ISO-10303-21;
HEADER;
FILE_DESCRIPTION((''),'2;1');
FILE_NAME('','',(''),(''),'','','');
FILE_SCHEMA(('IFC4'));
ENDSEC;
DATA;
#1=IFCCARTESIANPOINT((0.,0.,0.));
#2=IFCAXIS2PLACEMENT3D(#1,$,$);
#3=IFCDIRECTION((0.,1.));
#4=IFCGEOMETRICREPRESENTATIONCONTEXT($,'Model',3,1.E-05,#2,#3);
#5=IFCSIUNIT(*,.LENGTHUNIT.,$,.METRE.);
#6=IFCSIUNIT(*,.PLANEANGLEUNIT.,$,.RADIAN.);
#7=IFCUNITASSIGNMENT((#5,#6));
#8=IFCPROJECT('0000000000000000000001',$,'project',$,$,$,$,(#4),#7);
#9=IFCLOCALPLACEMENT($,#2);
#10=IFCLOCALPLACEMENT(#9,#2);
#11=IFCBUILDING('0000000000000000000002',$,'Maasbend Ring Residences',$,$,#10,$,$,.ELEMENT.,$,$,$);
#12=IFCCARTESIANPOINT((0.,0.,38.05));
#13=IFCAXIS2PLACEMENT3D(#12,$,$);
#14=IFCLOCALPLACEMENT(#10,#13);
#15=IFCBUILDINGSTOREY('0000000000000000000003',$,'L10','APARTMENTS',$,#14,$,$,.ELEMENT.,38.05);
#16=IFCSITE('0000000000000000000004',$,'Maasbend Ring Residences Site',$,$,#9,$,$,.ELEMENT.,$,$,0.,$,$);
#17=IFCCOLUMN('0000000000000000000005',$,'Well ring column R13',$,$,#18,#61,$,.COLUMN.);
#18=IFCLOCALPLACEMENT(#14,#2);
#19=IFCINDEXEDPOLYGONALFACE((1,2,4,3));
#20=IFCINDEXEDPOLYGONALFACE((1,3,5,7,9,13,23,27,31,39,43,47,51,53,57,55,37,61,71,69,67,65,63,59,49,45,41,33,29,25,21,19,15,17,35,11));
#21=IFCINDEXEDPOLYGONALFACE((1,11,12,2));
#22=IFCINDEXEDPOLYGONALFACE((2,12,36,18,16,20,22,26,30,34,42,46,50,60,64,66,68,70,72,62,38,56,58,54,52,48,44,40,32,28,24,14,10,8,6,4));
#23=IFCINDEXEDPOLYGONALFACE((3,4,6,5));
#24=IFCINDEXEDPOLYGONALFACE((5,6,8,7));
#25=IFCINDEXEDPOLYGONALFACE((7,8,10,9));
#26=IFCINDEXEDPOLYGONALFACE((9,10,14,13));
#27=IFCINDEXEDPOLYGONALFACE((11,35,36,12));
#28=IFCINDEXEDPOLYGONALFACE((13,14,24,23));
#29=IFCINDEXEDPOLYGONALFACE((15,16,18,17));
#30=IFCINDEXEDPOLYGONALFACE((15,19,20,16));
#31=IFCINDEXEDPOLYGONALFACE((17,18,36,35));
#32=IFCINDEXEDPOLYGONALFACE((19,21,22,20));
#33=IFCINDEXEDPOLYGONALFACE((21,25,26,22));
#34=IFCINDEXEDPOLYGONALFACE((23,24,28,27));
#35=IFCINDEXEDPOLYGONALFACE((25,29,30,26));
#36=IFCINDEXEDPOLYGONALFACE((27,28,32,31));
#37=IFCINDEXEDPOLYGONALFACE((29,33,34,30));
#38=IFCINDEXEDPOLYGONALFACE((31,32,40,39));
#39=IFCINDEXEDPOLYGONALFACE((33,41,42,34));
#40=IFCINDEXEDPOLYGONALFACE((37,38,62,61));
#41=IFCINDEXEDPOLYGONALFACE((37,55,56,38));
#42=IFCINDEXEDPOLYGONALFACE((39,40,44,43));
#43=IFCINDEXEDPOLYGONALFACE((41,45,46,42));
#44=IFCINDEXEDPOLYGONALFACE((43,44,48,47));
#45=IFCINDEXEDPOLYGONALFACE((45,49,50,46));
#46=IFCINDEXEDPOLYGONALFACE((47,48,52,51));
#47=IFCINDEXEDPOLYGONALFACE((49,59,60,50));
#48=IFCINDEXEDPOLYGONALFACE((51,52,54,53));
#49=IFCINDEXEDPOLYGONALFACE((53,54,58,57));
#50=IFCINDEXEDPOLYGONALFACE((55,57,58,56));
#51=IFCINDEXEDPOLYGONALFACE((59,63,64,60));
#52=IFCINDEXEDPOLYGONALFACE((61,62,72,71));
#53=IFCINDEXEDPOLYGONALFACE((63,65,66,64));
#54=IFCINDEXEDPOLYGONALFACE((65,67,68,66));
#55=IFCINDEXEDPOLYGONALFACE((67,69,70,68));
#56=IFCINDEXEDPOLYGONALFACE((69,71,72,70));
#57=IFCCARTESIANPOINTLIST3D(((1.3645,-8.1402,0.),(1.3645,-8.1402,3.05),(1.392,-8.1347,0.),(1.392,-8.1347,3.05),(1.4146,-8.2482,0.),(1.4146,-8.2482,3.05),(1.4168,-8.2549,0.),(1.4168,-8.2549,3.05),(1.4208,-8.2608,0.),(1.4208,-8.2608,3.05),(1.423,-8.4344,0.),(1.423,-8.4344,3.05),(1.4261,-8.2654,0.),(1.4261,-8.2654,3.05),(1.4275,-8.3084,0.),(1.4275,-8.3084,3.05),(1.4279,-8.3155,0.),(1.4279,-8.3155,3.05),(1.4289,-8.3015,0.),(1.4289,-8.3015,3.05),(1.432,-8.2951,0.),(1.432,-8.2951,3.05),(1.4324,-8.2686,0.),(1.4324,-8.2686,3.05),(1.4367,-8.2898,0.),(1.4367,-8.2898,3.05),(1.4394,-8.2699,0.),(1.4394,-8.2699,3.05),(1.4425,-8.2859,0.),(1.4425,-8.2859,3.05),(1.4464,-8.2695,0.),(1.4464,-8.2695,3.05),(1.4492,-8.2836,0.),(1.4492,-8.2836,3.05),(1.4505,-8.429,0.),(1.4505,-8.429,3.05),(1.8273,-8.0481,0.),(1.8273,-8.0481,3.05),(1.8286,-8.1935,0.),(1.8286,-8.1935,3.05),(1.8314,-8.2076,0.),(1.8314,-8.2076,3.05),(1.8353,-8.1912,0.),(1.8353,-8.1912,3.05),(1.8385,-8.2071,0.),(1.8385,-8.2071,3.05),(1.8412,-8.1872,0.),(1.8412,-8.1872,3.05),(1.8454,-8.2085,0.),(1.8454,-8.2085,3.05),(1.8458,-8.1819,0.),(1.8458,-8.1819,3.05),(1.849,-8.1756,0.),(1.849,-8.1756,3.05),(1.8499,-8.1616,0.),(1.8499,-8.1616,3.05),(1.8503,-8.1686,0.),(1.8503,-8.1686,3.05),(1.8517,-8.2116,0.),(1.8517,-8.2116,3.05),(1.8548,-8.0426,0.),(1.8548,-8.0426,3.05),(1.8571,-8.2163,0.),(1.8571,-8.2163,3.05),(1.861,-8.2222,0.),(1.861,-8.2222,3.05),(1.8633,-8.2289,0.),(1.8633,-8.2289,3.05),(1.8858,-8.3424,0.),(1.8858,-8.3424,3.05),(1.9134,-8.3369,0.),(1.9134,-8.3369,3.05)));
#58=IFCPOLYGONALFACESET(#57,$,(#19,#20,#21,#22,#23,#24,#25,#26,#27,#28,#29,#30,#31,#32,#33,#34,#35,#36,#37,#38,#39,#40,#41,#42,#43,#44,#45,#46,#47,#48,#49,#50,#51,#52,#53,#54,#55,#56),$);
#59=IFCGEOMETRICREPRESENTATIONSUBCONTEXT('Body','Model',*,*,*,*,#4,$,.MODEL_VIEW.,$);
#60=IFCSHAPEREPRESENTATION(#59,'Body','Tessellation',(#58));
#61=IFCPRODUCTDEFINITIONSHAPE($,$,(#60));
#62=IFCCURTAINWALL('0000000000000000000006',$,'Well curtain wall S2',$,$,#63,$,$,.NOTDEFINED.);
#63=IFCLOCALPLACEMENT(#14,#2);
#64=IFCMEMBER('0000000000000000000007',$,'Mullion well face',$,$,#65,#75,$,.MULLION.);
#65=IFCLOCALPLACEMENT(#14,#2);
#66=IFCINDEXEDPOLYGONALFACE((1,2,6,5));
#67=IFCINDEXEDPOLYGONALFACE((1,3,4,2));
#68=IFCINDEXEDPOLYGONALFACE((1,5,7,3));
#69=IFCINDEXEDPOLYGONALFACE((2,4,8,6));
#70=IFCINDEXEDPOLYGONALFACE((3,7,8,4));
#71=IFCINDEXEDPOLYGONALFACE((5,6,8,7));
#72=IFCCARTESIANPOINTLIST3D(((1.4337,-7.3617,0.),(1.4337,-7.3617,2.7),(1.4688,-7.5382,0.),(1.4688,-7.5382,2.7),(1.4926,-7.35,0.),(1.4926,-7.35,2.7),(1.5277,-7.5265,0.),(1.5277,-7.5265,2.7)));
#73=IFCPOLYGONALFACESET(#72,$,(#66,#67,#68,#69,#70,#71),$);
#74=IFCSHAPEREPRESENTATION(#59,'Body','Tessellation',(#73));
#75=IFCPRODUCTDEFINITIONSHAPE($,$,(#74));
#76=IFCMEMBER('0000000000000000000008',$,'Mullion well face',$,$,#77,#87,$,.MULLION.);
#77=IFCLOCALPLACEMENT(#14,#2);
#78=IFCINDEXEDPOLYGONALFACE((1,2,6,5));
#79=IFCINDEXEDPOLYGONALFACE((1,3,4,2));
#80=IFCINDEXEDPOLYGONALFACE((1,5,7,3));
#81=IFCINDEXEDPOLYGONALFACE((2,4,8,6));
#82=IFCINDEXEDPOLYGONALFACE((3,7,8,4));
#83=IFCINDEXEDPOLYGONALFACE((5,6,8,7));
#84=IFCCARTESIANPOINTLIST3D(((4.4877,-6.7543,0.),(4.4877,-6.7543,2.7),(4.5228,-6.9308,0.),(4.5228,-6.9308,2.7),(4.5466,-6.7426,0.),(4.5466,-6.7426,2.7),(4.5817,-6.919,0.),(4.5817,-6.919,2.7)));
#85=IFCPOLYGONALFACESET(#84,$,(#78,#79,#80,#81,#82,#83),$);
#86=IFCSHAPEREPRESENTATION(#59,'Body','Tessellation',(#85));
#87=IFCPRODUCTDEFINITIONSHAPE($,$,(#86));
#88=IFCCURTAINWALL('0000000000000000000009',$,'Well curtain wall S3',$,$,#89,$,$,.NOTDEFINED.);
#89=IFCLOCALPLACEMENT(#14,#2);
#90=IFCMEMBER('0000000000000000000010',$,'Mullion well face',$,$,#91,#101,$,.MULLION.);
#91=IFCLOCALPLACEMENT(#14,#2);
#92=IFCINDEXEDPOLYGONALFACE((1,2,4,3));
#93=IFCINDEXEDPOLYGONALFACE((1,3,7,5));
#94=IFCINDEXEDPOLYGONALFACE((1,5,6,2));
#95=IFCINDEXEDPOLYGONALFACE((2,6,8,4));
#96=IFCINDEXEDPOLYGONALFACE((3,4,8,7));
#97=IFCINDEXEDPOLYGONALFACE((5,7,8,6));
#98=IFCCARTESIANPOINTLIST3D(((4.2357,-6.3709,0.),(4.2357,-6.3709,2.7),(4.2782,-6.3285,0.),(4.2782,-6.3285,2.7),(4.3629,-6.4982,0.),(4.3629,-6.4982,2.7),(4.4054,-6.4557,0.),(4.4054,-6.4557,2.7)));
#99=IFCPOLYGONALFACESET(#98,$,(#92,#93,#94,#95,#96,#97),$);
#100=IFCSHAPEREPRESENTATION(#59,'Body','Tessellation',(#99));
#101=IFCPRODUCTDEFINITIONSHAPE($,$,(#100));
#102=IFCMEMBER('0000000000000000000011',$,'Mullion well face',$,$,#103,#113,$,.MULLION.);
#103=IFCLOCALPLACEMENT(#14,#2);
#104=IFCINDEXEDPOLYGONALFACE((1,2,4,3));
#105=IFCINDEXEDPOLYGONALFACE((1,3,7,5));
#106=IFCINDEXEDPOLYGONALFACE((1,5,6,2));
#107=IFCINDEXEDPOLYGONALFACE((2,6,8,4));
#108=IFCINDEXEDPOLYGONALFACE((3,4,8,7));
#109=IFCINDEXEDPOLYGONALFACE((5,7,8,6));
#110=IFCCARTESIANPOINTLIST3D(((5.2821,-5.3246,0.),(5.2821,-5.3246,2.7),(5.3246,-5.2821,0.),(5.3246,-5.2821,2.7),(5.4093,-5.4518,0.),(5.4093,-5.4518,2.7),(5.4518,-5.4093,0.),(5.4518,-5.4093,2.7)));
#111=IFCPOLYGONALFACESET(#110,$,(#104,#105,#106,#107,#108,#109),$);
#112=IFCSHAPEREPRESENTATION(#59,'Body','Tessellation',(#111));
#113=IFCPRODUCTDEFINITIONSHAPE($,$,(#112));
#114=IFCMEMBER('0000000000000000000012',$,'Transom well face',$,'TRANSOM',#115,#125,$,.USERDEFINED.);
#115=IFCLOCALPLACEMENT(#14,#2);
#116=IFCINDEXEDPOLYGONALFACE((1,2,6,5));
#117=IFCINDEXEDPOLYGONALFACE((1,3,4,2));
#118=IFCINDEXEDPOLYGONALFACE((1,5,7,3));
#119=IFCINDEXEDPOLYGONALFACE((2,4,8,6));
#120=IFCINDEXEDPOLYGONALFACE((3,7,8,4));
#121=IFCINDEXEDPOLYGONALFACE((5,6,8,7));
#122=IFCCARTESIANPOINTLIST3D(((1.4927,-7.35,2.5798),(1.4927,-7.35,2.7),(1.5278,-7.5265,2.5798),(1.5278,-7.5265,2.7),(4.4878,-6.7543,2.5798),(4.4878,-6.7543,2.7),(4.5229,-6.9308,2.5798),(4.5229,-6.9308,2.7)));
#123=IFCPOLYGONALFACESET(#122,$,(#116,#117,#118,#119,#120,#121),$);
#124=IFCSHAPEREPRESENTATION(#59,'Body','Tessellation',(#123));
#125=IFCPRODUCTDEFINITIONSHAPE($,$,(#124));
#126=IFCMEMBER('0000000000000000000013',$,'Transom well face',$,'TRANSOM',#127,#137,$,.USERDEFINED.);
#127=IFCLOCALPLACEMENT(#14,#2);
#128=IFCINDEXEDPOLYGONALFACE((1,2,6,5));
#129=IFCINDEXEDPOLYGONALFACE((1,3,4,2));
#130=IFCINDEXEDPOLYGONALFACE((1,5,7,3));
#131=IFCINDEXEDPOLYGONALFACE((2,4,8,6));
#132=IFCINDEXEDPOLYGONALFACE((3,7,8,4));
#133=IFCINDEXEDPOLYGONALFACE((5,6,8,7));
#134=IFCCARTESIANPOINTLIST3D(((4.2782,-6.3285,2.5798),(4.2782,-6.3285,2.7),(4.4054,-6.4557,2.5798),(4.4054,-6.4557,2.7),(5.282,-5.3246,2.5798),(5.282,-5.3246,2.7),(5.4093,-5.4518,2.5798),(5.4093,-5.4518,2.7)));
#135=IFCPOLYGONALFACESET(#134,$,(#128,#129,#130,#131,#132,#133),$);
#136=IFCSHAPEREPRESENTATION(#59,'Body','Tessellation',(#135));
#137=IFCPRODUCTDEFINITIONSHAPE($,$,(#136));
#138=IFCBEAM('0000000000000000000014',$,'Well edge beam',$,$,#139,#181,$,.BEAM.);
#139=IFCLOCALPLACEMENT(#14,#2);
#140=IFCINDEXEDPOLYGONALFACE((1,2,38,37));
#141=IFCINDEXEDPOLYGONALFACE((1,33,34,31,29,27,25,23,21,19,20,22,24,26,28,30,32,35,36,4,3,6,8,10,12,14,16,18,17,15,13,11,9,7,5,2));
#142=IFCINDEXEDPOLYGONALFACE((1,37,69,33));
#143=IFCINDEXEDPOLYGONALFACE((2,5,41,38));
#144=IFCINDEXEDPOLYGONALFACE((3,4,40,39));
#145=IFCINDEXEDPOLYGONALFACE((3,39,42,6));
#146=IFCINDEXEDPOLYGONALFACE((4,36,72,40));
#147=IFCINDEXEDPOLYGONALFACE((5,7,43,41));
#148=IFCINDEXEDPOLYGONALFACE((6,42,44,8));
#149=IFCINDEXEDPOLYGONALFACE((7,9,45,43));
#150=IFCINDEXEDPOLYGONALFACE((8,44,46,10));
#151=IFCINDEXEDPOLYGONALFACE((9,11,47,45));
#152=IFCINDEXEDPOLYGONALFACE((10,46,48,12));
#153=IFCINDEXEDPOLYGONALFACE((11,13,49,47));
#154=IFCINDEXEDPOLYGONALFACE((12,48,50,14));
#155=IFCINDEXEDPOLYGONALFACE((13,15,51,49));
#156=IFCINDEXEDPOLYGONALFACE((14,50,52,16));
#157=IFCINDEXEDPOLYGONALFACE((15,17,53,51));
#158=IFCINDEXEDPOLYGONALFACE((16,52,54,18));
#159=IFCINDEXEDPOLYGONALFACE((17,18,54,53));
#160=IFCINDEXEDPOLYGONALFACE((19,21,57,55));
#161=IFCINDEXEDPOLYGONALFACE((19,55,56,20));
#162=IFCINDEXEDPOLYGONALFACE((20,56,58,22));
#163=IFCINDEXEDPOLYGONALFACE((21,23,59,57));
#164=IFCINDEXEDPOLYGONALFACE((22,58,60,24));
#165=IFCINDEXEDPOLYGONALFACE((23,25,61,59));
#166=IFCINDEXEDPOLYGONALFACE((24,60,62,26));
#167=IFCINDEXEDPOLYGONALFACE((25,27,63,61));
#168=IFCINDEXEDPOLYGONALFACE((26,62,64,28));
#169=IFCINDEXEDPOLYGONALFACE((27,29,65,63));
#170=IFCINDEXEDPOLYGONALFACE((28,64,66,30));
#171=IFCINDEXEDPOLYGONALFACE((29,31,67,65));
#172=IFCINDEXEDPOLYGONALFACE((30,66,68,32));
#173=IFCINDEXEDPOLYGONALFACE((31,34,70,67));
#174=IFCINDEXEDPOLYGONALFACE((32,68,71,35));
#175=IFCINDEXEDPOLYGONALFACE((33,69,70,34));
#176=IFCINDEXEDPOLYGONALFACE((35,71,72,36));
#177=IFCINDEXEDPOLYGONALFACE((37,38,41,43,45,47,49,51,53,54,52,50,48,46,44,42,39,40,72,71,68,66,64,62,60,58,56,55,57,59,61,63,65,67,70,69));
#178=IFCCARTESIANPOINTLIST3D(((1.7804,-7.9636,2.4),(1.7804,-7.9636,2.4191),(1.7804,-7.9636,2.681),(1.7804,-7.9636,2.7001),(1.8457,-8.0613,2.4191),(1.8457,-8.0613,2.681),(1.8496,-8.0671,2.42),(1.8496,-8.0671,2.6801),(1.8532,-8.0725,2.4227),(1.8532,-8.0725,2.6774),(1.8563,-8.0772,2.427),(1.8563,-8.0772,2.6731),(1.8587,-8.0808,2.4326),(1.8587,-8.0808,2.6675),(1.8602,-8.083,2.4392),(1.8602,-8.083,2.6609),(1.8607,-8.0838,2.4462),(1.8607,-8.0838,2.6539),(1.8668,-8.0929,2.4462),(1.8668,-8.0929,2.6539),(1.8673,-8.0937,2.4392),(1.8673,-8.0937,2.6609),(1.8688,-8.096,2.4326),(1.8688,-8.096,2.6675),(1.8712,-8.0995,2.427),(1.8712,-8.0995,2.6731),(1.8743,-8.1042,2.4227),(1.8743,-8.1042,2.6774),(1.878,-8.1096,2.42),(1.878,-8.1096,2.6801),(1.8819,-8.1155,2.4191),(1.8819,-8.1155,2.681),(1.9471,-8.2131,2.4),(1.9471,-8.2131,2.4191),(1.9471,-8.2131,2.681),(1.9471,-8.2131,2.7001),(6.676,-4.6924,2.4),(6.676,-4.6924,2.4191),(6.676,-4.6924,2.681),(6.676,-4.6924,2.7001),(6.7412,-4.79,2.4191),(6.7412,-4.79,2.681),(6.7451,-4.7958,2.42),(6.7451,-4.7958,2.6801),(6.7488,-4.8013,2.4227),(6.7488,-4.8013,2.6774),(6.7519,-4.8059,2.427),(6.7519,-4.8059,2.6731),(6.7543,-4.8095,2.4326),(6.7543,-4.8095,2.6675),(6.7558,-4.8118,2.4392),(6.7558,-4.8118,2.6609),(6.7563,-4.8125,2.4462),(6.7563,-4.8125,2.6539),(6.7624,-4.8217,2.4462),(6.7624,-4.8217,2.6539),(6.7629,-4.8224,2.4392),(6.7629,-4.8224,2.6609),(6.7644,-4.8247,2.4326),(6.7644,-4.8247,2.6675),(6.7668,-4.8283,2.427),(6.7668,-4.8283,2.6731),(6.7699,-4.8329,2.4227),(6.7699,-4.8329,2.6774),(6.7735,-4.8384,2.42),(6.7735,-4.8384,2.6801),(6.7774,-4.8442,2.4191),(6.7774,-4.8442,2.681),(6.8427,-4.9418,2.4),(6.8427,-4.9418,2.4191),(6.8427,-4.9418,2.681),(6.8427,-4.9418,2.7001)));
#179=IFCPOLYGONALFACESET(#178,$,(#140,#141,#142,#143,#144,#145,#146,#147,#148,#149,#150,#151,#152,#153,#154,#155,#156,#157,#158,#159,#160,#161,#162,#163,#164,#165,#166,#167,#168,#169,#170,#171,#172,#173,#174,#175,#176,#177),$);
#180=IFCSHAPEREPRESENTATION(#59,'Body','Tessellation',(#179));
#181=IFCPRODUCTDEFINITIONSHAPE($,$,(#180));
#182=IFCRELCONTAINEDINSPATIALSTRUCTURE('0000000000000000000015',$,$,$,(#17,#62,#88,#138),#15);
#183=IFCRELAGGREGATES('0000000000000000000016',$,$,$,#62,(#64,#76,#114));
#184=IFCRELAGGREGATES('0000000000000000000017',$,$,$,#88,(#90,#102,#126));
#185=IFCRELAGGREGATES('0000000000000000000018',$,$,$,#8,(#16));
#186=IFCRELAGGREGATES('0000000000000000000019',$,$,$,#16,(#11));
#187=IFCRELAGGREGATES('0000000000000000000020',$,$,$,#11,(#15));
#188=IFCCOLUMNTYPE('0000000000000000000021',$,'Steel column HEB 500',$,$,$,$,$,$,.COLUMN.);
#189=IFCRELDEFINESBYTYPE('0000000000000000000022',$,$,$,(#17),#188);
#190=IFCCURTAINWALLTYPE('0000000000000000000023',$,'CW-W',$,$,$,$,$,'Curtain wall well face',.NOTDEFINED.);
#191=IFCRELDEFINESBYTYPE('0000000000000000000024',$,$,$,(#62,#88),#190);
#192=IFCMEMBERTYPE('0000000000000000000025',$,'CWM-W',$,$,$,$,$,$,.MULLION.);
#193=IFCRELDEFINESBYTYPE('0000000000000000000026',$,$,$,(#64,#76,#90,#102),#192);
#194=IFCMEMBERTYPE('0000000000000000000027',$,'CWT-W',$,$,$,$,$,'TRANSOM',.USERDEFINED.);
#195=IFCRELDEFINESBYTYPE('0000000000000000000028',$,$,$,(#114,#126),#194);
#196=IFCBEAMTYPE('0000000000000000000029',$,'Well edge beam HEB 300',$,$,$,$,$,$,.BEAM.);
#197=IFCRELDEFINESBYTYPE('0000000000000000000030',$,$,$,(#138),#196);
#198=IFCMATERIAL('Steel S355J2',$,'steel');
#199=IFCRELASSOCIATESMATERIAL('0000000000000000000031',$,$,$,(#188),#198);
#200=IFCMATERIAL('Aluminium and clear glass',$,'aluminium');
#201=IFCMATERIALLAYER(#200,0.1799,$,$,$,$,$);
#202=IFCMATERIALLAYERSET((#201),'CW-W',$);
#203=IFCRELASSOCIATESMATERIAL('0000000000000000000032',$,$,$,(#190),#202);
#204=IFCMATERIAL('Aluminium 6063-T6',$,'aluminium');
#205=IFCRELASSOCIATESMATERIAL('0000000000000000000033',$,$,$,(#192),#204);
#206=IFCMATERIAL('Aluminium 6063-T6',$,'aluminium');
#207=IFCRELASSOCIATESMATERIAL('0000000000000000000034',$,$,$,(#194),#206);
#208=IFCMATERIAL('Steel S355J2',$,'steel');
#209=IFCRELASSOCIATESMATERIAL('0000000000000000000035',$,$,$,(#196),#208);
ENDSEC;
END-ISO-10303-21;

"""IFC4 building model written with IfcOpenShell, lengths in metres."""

from ifc_helpers import new_model, si_unit, direction, frame, origin, origin_2d, place, context, subcontext, project, spatial, rectangle, i_section, extrude, material, layer, layer_set, material_profile, profile_set, type_object, element, aggregate, save


model = new_model("IFC4")

# Units and contexts
model_context = context("Model", 3, precision=1e-05, world=origin(), true_north=direction((0.0, 1.0)))
body_context = subcontext(model_context, "Body", "Model", "MODEL_VIEW")
ifc_project = project(units=[si_unit("LENGTHUNIT", "METRE"), si_unit("PLANEANGLEUNIT", "RADIAN")], contexts=[model_context])

# Site, building, storey
site_placement = place(None, origin())
site = spatial("IfcSite", under=ifc_project, at=site_placement, Name="Maasbend Ring Residences Site", CompositionType="ELEMENT", RefElevation=0.0)
building_placement = place(site_placement, origin())
building = spatial("IfcBuilding", under=site, at=building_placement, Name="Maasbend Ring Residences", CompositionType="ELEMENT")
storey_placement = place(building_placement, frame((0.0, 0.0, 38.05)))
storey = spatial("IfcBuildingStorey", under=building, at=storey_placement, Name="L10", Description="APARTMENTS", CompositionType="ELEMENT", Elevation=38.05)

# Column
ifc_material_1 = material(Name="Steel S355J2", Category="steel")
ifc_material_profile_1 = material_profile(ifc_material_1, i_section(OverallWidth=0.3, OverallDepth=0.5, WebThickness=0.0144, FlangeThickness=0.0281, FilletRadius=0.0271, at=origin_2d()), Name="HEB 500")
ifc_profile_set_1 = profile_set([ifc_material_profile_1], Name="Steel S355J2")
column_type = type_object("IfcColumnType", Name="Steel column HEB 500", PredefinedType="COLUMN", material=ifc_profile_set_1)
column_placement = place(storey_placement, frame((1.6389, -8.2385, 0.0), z_axis=(0.0, 0.0, 1.0), x_axis=(0.19509, -0.980785, 0.0)))
element("IfcColumn", 1, at=column_placement, inside=storey, type_object=column_type, Name="Well ring column R13", PredefinedType="COLUMN", context=body_context, shape_type="SweptSolid", body=[
    extrude(i_section(OverallWidth=0.3, OverallDepth=0.5, WebThickness=0.0144, FlangeThickness=0.0281, FilletRadius=0.0271, at=origin_2d()), origin(), (0.0, 0.0, 1.0), 3.05),
])

# Curtain walls, members
ifc_material_2 = material(Name="Aluminium and clear glass", Category="aluminium")
ifc_layer_1 = layer(ifc_material_2, 0.1799)
ifc_layer_set_1 = layer_set([ifc_layer_1], Name="CW-W")
curtain_wall_type = type_object("IfcCurtainWallType", Name="CW-W", ElementType="Curtain wall well face", PredefinedType="NOTDEFINED", material=ifc_layer_set_1)
curtain_wall_1_placement = place(storey_placement, origin())
curtain_wall_1 = element("IfcCurtainWall", 2, at=curtain_wall_1_placement, inside=storey, type_object=curtain_wall_type, Name="Well curtain wall S2", PredefinedType="NOTDEFINED")
ifc_material_3 = material(Name="Aluminium 6063-T6", Category="aluminium")
ifc_material_profile_2 = material_profile(ifc_material_3, rectangle(XDim=0.1799, YDim=0.0601, at=origin_2d()), Name="AL 180x60")
ifc_profile_set_2 = profile_set([ifc_material_profile_2], Name="Aluminium 6063-T6")
member_type_1 = type_object("IfcMemberType", Name="CWM-W", PredefinedType="MULLION", material=ifc_profile_set_2)
member_1_placement = place(storey_placement, frame((1.4807, -7.4441, 0.0), z_axis=(0.0, 0.0, 1.0), x_axis=(-0.19509, 0.980785, 0.0)))
member_1 = element("IfcMember", 3, at=member_1_placement, type_object=member_type_1, Name="Mullion well face", PredefinedType="MULLION", context=body_context, shape_type="SweptSolid", body=[
    extrude(rectangle(XDim=0.1799, YDim=0.0601, at=origin_2d()), origin(), (0.0, 0.0, 1.0), 2.7),
])
member_2_placement = place(storey_placement, frame((4.5347, -6.8367, 0.0), z_axis=(0.0, 0.0, 1.0), x_axis=(-0.19509, 0.980785, 0.0)))
member_2 = element("IfcMember", 4, at=member_2_placement, type_object=member_type_1, Name="Mullion well face", PredefinedType="MULLION", context=body_context, shape_type="SweptSolid", body=[
    extrude(rectangle(XDim=0.1799, YDim=0.0601, at=origin_2d()), origin(), (0.0, 0.0, 1.0), 2.7),
])
curtain_wall_2_placement = place(storey_placement, origin())
curtain_wall_2 = element("IfcCurtainWall", 5, at=curtain_wall_2_placement, inside=storey, type_object=curtain_wall_type, Name="Well curtain wall S3", PredefinedType="NOTDEFINED")
member_3_placement = place(storey_placement, frame((4.3206, -6.4133, 0.0), z_axis=(0.0, 0.0, 1.0), x_axis=(-0.707107, 0.707107, 0.0)))
member_3 = element("IfcMember", 6, at=member_3_placement, type_object=member_type_1, Name="Mullion well face", PredefinedType="MULLION", context=body_context, shape_type="SweptSolid", body=[
    extrude(rectangle(XDim=0.1799, YDim=0.0601, at=origin_2d()), origin(), (0.0, 0.0, 1.0), 2.7),
])
member_4_placement = place(storey_placement, frame((5.3669, -5.3669, 0.0), z_axis=(0.0, 0.0, 1.0), x_axis=(-0.707107, 0.707107, 0.0)))
member_4 = element("IfcMember", 7, at=member_4_placement, type_object=member_type_1, Name="Mullion well face", PredefinedType="MULLION", context=body_context, shape_type="SweptSolid", body=[
    extrude(rectangle(XDim=0.1799, YDim=0.0601, at=origin_2d()), origin(), (0.0, 0.0, 1.0), 2.7),
])

# Members
ifc_material_4 = material(Name="Aluminium 6063-T6", Category="aluminium")
ifc_material_profile_3 = material_profile(ifc_material_4, rectangle(XDim=0.1799, YDim=0.1201, at=origin_2d()), Name="AL 180x120")
ifc_profile_set_3 = profile_set([ifc_material_profile_3], Name="Aluminium 6063-T6")
member_type_2 = type_object("IfcMemberType", Name="CWT-W", ElementType="TRANSOM", PredefinedType="USERDEFINED", material=ifc_profile_set_3)
member_5_placement = place(storey_placement, frame((1.5103, -7.4382, 2.6399), z_axis=(0.980789, 0.195071, 0.0), x_axis=(-0.195071, 0.980789, 0.0)))
member_5 = element("IfcMember", 8, at=member_5_placement, type_object=member_type_2, Name="Transom well face", ObjectType="TRANSOM", PredefinedType="USERDEFINED", context=body_context, shape_type="SweptSolid", body=[
    extrude(rectangle(XDim=0.1799, YDim=0.1201, at=origin_2d()), origin(), (0.0, 0.0, 1.0), 3.0537),
])
member_6_placement = place(storey_placement, frame((4.3418, -6.3921, 2.6399), z_axis=(0.707107, 0.707107, 0.0), x_axis=(-0.707107, 0.707107, 0.0)))
member_6 = element("IfcMember", 9, at=member_6_placement, type_object=member_type_2, Name="Transom well face", ObjectType="TRANSOM", PredefinedType="USERDEFINED", context=body_context, shape_type="SweptSolid", body=[
    extrude(rectangle(XDim=0.1799, YDim=0.1201, at=origin_2d()), origin(), (0.0, 0.0, 1.0), 1.4197),
])

# Beam
ifc_material_5 = material(Name="Steel S355J2", Category="steel")
ifc_material_profile_4 = material_profile(ifc_material_5, i_section(OverallWidth=0.3, OverallDepth=0.3, WebThickness=0.011, FlangeThickness=0.019, FilletRadius=0.0271, at=origin_2d()), Name="HEB 300")
ifc_profile_set_4 = profile_set([ifc_material_profile_4], Name="Steel S355J2")
beam_type = type_object("IfcBeamType", Name="Well edge beam HEB 300", PredefinedType="BEAM", material=ifc_profile_set_4)
beam_placement = place(storey_placement, frame((1.8638, -8.0884, 2.55), z_axis=(0.831457, 0.55559, 0.0), x_axis=(-0.55559, 0.831457, 0.0)))
element("IfcBeam", 10, at=beam_placement, inside=storey, type_object=beam_type, Name="Well edge beam", PredefinedType="BEAM", context=body_context, shape_type="SweptSolid", body=[
    extrude(i_section(OverallWidth=0.3, OverallDepth=0.3, WebThickness=0.011, FlangeThickness=0.019, FilletRadius=0.0271, at=origin_2d()), origin(), (0.0, 0.0, 1.0), 5.8879),
])

aggregate(curtain_wall_1, [member_1, member_2, member_5])
aggregate(curtain_wall_2, [member_3, member_4, member_6])

save(model, "model.ifc")
